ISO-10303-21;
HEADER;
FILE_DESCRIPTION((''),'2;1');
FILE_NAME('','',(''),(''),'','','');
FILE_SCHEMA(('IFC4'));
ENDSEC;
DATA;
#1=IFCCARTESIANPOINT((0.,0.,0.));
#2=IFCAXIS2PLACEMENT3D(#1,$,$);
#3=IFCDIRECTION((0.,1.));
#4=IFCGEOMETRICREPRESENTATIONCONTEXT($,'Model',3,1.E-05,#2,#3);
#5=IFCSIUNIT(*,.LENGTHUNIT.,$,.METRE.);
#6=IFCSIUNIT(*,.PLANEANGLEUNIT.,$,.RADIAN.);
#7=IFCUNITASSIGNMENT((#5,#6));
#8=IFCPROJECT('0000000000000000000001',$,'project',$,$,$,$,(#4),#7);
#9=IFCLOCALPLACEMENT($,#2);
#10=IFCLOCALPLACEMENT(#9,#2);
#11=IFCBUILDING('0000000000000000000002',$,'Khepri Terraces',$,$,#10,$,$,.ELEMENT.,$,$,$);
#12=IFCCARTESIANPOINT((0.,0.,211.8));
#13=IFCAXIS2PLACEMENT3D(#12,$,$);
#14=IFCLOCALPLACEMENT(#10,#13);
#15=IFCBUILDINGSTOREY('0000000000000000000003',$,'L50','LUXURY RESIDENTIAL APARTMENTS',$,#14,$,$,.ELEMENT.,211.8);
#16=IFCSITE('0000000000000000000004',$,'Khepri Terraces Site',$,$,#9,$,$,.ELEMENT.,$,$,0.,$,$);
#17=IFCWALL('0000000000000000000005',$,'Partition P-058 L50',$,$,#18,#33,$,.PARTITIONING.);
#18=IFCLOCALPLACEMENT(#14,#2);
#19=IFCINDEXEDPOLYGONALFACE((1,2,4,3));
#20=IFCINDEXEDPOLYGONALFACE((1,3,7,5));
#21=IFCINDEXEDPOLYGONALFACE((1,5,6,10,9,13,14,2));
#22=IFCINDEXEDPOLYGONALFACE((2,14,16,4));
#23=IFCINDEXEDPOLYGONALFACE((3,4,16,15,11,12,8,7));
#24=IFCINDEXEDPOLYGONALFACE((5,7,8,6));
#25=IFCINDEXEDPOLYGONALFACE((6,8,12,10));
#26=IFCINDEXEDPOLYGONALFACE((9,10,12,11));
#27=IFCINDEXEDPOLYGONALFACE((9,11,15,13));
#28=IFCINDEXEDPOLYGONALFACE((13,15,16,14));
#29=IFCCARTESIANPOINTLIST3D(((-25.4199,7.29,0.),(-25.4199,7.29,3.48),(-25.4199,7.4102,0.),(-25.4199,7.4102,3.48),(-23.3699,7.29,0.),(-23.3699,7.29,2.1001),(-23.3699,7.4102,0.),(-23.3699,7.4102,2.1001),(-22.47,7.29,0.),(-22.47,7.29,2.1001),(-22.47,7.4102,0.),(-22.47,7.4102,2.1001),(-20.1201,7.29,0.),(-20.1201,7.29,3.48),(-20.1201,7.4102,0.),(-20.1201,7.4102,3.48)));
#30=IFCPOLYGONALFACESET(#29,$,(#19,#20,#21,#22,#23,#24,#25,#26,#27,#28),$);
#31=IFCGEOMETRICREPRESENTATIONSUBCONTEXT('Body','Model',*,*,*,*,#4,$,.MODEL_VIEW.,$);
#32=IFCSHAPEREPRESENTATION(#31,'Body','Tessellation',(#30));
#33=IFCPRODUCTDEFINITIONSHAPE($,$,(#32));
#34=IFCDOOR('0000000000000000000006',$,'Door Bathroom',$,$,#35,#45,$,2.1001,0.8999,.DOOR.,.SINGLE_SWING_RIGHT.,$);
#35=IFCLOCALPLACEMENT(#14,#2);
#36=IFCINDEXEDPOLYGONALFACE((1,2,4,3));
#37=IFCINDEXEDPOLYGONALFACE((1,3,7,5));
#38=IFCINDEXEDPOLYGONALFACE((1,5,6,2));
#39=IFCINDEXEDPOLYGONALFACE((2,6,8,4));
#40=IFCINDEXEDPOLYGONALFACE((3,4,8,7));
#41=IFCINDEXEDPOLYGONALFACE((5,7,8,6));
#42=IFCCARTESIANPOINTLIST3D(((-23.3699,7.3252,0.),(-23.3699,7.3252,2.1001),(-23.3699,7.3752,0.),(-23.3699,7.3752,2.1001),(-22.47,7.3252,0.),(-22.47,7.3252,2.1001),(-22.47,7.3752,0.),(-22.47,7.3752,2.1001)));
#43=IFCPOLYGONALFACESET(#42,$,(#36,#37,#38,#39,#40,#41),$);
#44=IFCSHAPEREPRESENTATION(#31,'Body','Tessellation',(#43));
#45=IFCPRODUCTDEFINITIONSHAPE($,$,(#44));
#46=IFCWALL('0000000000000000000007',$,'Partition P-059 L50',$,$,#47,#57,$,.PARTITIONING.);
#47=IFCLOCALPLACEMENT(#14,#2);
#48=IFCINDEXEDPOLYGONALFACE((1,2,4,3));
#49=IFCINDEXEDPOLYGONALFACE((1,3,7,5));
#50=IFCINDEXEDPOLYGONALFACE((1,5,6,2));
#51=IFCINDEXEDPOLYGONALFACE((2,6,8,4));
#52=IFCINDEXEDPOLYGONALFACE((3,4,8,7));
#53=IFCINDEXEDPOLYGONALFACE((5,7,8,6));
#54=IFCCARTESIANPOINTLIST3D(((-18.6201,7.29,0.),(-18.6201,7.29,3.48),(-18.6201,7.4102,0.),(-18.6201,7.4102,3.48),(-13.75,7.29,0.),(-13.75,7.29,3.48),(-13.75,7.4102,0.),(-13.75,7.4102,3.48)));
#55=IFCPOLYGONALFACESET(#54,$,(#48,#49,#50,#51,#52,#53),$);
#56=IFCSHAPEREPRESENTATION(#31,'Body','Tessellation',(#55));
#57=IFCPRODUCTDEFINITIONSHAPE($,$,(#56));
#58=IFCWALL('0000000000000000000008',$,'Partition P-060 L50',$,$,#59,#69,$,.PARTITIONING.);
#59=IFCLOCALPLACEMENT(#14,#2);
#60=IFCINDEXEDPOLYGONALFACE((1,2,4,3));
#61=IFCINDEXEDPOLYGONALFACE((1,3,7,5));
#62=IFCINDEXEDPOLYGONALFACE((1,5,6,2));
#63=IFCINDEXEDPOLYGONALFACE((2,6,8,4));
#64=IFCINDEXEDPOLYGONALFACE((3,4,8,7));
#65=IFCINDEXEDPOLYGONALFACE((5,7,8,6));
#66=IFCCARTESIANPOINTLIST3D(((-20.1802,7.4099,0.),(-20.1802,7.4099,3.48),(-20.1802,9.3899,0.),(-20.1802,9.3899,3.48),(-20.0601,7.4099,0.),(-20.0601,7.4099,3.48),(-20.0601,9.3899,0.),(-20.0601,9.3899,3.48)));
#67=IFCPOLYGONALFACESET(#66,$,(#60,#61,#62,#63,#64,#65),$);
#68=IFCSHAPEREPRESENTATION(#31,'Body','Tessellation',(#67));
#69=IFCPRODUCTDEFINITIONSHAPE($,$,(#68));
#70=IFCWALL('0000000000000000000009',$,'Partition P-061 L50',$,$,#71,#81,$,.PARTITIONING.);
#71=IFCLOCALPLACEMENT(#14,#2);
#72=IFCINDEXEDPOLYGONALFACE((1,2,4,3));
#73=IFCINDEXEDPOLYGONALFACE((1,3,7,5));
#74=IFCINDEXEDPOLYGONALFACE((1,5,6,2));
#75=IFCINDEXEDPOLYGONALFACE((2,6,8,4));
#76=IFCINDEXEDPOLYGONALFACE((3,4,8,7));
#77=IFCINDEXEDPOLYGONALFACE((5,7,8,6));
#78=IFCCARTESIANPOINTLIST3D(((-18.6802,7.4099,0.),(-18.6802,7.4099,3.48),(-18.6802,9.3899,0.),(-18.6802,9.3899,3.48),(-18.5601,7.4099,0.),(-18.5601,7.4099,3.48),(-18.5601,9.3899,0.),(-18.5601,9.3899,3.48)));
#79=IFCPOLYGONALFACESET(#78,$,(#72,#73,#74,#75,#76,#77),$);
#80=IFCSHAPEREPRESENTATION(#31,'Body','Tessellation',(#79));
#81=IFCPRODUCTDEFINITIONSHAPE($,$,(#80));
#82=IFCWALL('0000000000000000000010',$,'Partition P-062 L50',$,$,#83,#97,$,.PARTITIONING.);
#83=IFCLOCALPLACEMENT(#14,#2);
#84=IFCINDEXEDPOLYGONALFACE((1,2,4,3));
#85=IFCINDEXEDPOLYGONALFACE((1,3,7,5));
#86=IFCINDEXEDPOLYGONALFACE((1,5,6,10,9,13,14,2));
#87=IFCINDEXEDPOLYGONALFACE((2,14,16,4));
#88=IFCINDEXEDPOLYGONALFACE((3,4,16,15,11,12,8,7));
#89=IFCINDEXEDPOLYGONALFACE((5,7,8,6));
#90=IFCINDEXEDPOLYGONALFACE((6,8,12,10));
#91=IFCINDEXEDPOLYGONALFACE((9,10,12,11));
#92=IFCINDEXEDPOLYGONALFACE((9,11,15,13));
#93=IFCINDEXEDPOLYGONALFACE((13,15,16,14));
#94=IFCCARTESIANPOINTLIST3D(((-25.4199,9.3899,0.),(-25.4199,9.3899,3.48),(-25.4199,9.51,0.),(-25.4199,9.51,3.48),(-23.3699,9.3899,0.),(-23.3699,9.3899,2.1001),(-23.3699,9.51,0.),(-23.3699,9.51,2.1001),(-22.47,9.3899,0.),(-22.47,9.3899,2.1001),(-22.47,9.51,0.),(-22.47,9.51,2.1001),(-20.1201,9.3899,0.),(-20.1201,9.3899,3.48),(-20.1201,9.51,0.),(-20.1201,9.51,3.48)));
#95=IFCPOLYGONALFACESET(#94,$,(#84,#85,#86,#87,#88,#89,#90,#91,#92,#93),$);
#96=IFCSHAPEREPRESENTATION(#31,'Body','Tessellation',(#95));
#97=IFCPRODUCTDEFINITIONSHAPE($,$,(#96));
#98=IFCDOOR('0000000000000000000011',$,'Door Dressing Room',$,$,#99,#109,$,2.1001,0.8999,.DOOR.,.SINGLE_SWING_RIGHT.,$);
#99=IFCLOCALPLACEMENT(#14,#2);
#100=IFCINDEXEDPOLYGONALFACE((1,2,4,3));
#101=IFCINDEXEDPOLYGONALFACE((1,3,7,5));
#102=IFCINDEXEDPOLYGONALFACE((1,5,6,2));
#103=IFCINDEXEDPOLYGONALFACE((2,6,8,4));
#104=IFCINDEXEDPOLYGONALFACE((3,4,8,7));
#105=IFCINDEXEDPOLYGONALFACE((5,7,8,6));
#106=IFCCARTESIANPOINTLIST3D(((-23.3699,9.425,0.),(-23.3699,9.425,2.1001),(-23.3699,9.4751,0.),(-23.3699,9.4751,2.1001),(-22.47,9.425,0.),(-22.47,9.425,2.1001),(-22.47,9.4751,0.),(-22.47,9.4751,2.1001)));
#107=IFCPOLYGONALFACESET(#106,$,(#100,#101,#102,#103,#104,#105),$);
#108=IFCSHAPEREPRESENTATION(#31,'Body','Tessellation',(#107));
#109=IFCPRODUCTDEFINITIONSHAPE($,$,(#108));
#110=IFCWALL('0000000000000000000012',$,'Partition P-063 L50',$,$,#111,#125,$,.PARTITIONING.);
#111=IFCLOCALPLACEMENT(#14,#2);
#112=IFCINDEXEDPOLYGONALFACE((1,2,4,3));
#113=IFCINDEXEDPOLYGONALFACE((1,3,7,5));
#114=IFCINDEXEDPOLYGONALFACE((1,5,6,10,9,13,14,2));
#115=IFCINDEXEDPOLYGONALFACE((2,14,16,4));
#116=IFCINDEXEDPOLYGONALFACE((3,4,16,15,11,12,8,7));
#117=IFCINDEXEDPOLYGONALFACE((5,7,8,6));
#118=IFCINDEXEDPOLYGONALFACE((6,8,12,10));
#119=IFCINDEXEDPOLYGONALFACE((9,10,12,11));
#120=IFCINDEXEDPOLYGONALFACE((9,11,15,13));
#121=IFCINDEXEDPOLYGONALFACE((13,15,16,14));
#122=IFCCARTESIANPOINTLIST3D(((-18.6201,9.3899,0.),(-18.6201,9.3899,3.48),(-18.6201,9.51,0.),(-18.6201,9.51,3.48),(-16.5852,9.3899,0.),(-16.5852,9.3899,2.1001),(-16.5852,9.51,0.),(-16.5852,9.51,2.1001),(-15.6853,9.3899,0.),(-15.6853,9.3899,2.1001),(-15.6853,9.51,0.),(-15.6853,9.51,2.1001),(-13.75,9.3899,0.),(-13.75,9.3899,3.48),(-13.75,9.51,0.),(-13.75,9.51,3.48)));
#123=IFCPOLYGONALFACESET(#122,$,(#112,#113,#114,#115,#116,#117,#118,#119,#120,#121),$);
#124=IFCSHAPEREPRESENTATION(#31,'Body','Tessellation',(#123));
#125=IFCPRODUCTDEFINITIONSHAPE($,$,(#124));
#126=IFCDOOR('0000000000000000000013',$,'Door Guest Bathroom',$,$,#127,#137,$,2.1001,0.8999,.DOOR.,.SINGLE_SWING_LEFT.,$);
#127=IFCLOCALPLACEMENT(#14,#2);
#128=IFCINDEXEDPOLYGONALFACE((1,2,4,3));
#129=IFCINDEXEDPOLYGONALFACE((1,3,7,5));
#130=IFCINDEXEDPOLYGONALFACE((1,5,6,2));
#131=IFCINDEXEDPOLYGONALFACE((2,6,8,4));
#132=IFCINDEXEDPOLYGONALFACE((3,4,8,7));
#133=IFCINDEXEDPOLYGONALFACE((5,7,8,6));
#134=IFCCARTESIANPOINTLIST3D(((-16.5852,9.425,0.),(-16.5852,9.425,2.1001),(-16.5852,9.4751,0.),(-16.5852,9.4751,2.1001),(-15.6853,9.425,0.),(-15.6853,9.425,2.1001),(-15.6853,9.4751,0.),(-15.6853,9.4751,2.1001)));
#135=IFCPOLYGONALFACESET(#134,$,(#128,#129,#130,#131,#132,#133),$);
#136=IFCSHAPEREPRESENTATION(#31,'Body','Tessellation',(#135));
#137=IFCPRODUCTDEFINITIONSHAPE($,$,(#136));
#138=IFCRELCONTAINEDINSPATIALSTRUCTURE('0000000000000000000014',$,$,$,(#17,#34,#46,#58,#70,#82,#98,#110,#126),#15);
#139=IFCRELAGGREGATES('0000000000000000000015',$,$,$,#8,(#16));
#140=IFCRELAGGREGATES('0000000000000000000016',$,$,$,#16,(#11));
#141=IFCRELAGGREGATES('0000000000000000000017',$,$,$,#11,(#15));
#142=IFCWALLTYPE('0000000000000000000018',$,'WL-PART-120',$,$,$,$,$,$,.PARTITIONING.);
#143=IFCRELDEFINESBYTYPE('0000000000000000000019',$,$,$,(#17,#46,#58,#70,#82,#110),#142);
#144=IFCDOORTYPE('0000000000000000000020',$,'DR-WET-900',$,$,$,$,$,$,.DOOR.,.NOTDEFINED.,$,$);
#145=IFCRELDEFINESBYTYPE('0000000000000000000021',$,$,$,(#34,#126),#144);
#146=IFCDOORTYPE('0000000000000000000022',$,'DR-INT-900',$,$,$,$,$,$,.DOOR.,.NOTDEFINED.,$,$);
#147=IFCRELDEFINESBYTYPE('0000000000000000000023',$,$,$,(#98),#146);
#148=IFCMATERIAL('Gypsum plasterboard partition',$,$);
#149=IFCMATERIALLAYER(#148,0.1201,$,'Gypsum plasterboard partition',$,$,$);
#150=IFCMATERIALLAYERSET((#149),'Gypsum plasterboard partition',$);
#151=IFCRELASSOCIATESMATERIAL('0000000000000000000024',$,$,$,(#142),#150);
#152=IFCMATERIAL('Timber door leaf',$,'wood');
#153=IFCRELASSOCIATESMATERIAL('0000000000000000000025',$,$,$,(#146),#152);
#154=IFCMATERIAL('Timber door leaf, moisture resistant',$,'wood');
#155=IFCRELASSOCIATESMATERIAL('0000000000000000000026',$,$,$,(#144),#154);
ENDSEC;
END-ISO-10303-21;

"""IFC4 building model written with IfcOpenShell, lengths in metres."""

from ifc_helpers import new_model, si_unit, direction, frame, frame_2d, origin, place, context, subcontext, project, spatial, rectangle, extrude, material, layer, layer_set, type_object, element, fill, save


model = new_model("IFC4")

# Units and contexts
model_context = context("Model", 3, precision=1e-05, world=origin(), true_north=direction((0.0, 1.0)))
body_context = subcontext(model_context, "Body", "Model", "MODEL_VIEW")
ifc_project = project(units=[si_unit("LENGTHUNIT", "METRE"), si_unit("PLANEANGLEUNIT", "RADIAN")], contexts=[model_context])

# Site, building, storey
site_placement = place(None, origin())
site = spatial("IfcSite", under=ifc_project, at=site_placement, Name="Khepri Terraces Site", CompositionType="ELEMENT", RefElevation=0.0)
building_placement = place(site_placement, origin())
building = spatial("IfcBuilding", under=site, at=building_placement, Name="Khepri Terraces", CompositionType="ELEMENT")
storey_placement = place(building_placement, frame((0.0, 0.0, 211.8)))
storey = spatial("IfcBuildingStorey", under=building, at=storey_placement, Name="L50", Description="LUXURY RESIDENTIAL APARTMENTS", CompositionType="ELEMENT", Elevation=211.8)

# Shared definitions
ifc_material_1 = material(Name="Gypsum plasterboard partition")
ifc_layer_1 = layer(ifc_material_1, 0.1201, Name="Gypsum plasterboard partition")
ifc_layer_set_1 = layer_set([ifc_layer_1], Name="Gypsum plasterboard partition")
wall_type_1 = type_object("IfcWallType", Name="WL-PART-120", PredefinedType="PARTITIONING", material=ifc_layer_set_1)

# Wall, opening, door
ifc_material_2 = material(Name="Timber door leaf", Category="wood")
door_type_1 = type_object("IfcDoorType", Name="DR-INT-900", OperationType="NOTDEFINED", PredefinedType="DOOR", material=ifc_material_2)
wall_1_placement = place(storey_placement, frame((-25.4199, 7.3501, 0.0), z_axis=(0.0, 0.0, 1.0), x_axis=(1.0, 0.0, 0.0)))
wall_1 = element("IfcWall", 1, at=wall_1_placement, inside=storey, type_object=wall_type_1, Name="Partition P-058 L50", PredefinedType="PARTITIONING", context=body_context, shape_type="SweptSolid", body=[
    extrude(rectangle(XDim=5.2998, YDim=0.1201, at=frame_2d((2.6499, 0.0))), origin(), (0.0, 0.0, 1.0), 3.48),
])
opening_1_placement = place(wall_1_placement, frame((2.05, 0.0, 0.0)))
opening_1 = element("IfcOpeningElement", 2, at=opening_1_placement, cuts=wall_1, PredefinedType="OPENING", context=body_context, shape_type="SweptSolid", body=[
    extrude(rectangle(XDim=0.8999, YDim=2.1001, at=frame_2d((0.45, 1.05))), frame((0.0, 0.0701, 0.0), z_axis=(0.0, -1.0, 0.0), x_axis=(1.0, 0.0, 0.0)), (0.0, 0.0, 1.0), 0.1401),
])
ifc_material_3 = material(Name="Timber door leaf, moisture resistant", Category="wood")
door_type_2 = type_object("IfcDoorType", Name="DR-WET-900", OperationType="NOTDEFINED", PredefinedType="DOOR", material=ifc_material_3)
door_1_placement = place(opening_1_placement, frame((0.8999, 0.0, 0.0), z_axis=(0.0, 0.0, 1.0), x_axis=(-1.0, 0.0, 0.0)))
door_1 = element("IfcDoor", 3, at=door_1_placement, inside=storey, type_object=door_type_2, Name="Door Bathroom", OperationType="SINGLE_SWING_RIGHT", OverallHeight=2.1001, OverallWidth=0.8999, PredefinedType="DOOR", context=body_context, shape_type="SweptSolid", body=[
    extrude(rectangle(XDim=0.8999, YDim=2.1001, at=frame_2d((0.45, 1.05))), frame((0.0, 0.0249, 0.0), z_axis=(0.0, -1.0, 0.0), x_axis=(1.0, 0.0, 0.0)), (0.0, 0.0, 1.0), 0.05),
])
fill(opening_1, door_1)

# Walls
wall_2_placement = place(storey_placement, frame((-18.6201, 7.3501, 0.0), z_axis=(0.0, 0.0, 1.0), x_axis=(1.0, 0.0, 0.0)))
element("IfcWall", 4, at=wall_2_placement, inside=storey, type_object=wall_type_1, Name="Partition P-059 L50", PredefinedType="PARTITIONING", context=body_context, shape_type="SweptSolid", body=[
    extrude(rectangle(XDim=4.8701, YDim=0.1201, at=frame_2d((2.4351, 0.0))), origin(), (0.0, 0.0, 1.0), 3.48),
])
for number, where, z_axis, x_axis, name in (
    (5, (-20.1201, 7.4099, 0.0), (0.0, 0.0, 1.0), (0.0, 1.0, 0.0), "Partition P-060 L50"),
    (6, (-18.6201, 7.4099, 0.0), (0.0, 0.0, 1.0), (0.0, 1.0, 0.0), "Partition P-061 L50"),
):
    element("IfcWall", number, at=place(storey_placement, frame(where, z_axis=z_axis, x_axis=x_axis)), inside=storey, type_object=wall_type_1, Name=name, PredefinedType="PARTITIONING", context=body_context, shape_type="SweptSolid", body=[
        extrude(rectangle(XDim=1.98, YDim=0.1201, at=frame_2d((0.99, 0.0))), origin(), (0.0, 0.0, 1.0), 3.48),
    ])

# Walls, openings, doors
wall_3_placement = place(storey_placement, frame((-25.4199, 9.45, 0.0), z_axis=(0.0, 0.0, 1.0), x_axis=(1.0, 0.0, 0.0)))
wall_3 = element("IfcWall", 7, at=wall_3_placement, inside=storey, type_object=wall_type_1, Name="Partition P-062 L50", PredefinedType="PARTITIONING", context=body_context, shape_type="SweptSolid", body=[
    extrude(rectangle(XDim=5.2998, YDim=0.1201, at=frame_2d((2.6499, 0.0))), origin(), (0.0, 0.0, 1.0), 3.48),
])
opening_2_placement = place(wall_3_placement, frame((2.05, 0.0, 0.0)))
opening_2 = element("IfcOpeningElement", 8, at=opening_2_placement, cuts=wall_3, PredefinedType="OPENING", context=body_context, shape_type="SweptSolid", body=[
    extrude(rectangle(XDim=0.8999, YDim=2.1001, at=frame_2d((0.45, 1.05))), frame((0.0, 0.0701, 0.0), z_axis=(0.0, -1.0, 0.0), x_axis=(1.0, 0.0, 0.0)), (0.0, 0.0, 1.0), 0.1401),
])
door_2_placement = place(opening_2_placement, frame((0.8999, 0.0, 0.0), z_axis=(0.0, 0.0, 1.0), x_axis=(-1.0, 0.0, 0.0)))
door_2 = element("IfcDoor", 9, at=door_2_placement, inside=storey, type_object=door_type_1, Name="Door Dressing Room", OperationType="SINGLE_SWING_RIGHT", OverallHeight=2.1001, OverallWidth=0.8999, PredefinedType="DOOR", context=body_context, shape_type="SweptSolid", body=[
    extrude(rectangle(XDim=0.8999, YDim=2.1001, at=frame_2d((0.45, 1.05))), frame((0.0, 0.0249, 0.0), z_axis=(0.0, -1.0, 0.0), x_axis=(1.0, 0.0, 0.0)), (0.0, 0.0, 1.0), 0.05),
])
fill(opening_2, door_2)
wall_4_placement = place(storey_placement, frame((-18.6201, 9.45, 0.0), z_axis=(0.0, 0.0, 1.0), x_axis=(1.0, 0.0, 0.0)))
wall_4 = element("IfcWall", 10, at=wall_4_placement, inside=storey, type_object=wall_type_1, Name="Partition P-063 L50", PredefinedType="PARTITIONING", context=body_context, shape_type="SweptSolid", body=[
    extrude(rectangle(XDim=4.8701, YDim=0.1201, at=frame_2d((2.4351, 0.0))), origin(), (0.0, 0.0, 1.0), 3.48),
])
opening_3_placement = place(wall_4_placement, frame((2.0349, 0.0, 0.0)))
opening_3 = element("IfcOpeningElement", 11, at=opening_3_placement, cuts=wall_4, PredefinedType="OPENING", context=body_context, shape_type="SweptSolid", body=[
    extrude(rectangle(XDim=0.8999, YDim=2.1001, at=frame_2d((0.45, 1.05))), frame((0.0, 0.0701, 0.0), z_axis=(0.0, -1.0, 0.0), x_axis=(1.0, 0.0, 0.0)), (0.0, 0.0, 1.0), 0.1401),
])
door_3_placement = place(opening_3_placement, frame((0.8999, 0.0, 0.0), z_axis=(0.0, 0.0, 1.0), x_axis=(-1.0, 0.0, 0.0)))
door_3 = element("IfcDoor", 12, at=door_3_placement, inside=storey, type_object=door_type_2, Name="Door Guest Bathroom", OperationType="SINGLE_SWING_LEFT", OverallHeight=2.1001, OverallWidth=0.8999, PredefinedType="DOOR", context=body_context, shape_type="SweptSolid", body=[
    extrude(rectangle(XDim=0.8999, YDim=2.1001, at=frame_2d((0.45, 1.05))), frame((0.0, 0.0249, 0.0), z_axis=(0.0, -1.0, 0.0), x_axis=(1.0, 0.0, 0.0)), (0.0, 0.0, 1.0), 0.05),
])
fill(opening_3, door_3)

save(model, "model.ifc")
